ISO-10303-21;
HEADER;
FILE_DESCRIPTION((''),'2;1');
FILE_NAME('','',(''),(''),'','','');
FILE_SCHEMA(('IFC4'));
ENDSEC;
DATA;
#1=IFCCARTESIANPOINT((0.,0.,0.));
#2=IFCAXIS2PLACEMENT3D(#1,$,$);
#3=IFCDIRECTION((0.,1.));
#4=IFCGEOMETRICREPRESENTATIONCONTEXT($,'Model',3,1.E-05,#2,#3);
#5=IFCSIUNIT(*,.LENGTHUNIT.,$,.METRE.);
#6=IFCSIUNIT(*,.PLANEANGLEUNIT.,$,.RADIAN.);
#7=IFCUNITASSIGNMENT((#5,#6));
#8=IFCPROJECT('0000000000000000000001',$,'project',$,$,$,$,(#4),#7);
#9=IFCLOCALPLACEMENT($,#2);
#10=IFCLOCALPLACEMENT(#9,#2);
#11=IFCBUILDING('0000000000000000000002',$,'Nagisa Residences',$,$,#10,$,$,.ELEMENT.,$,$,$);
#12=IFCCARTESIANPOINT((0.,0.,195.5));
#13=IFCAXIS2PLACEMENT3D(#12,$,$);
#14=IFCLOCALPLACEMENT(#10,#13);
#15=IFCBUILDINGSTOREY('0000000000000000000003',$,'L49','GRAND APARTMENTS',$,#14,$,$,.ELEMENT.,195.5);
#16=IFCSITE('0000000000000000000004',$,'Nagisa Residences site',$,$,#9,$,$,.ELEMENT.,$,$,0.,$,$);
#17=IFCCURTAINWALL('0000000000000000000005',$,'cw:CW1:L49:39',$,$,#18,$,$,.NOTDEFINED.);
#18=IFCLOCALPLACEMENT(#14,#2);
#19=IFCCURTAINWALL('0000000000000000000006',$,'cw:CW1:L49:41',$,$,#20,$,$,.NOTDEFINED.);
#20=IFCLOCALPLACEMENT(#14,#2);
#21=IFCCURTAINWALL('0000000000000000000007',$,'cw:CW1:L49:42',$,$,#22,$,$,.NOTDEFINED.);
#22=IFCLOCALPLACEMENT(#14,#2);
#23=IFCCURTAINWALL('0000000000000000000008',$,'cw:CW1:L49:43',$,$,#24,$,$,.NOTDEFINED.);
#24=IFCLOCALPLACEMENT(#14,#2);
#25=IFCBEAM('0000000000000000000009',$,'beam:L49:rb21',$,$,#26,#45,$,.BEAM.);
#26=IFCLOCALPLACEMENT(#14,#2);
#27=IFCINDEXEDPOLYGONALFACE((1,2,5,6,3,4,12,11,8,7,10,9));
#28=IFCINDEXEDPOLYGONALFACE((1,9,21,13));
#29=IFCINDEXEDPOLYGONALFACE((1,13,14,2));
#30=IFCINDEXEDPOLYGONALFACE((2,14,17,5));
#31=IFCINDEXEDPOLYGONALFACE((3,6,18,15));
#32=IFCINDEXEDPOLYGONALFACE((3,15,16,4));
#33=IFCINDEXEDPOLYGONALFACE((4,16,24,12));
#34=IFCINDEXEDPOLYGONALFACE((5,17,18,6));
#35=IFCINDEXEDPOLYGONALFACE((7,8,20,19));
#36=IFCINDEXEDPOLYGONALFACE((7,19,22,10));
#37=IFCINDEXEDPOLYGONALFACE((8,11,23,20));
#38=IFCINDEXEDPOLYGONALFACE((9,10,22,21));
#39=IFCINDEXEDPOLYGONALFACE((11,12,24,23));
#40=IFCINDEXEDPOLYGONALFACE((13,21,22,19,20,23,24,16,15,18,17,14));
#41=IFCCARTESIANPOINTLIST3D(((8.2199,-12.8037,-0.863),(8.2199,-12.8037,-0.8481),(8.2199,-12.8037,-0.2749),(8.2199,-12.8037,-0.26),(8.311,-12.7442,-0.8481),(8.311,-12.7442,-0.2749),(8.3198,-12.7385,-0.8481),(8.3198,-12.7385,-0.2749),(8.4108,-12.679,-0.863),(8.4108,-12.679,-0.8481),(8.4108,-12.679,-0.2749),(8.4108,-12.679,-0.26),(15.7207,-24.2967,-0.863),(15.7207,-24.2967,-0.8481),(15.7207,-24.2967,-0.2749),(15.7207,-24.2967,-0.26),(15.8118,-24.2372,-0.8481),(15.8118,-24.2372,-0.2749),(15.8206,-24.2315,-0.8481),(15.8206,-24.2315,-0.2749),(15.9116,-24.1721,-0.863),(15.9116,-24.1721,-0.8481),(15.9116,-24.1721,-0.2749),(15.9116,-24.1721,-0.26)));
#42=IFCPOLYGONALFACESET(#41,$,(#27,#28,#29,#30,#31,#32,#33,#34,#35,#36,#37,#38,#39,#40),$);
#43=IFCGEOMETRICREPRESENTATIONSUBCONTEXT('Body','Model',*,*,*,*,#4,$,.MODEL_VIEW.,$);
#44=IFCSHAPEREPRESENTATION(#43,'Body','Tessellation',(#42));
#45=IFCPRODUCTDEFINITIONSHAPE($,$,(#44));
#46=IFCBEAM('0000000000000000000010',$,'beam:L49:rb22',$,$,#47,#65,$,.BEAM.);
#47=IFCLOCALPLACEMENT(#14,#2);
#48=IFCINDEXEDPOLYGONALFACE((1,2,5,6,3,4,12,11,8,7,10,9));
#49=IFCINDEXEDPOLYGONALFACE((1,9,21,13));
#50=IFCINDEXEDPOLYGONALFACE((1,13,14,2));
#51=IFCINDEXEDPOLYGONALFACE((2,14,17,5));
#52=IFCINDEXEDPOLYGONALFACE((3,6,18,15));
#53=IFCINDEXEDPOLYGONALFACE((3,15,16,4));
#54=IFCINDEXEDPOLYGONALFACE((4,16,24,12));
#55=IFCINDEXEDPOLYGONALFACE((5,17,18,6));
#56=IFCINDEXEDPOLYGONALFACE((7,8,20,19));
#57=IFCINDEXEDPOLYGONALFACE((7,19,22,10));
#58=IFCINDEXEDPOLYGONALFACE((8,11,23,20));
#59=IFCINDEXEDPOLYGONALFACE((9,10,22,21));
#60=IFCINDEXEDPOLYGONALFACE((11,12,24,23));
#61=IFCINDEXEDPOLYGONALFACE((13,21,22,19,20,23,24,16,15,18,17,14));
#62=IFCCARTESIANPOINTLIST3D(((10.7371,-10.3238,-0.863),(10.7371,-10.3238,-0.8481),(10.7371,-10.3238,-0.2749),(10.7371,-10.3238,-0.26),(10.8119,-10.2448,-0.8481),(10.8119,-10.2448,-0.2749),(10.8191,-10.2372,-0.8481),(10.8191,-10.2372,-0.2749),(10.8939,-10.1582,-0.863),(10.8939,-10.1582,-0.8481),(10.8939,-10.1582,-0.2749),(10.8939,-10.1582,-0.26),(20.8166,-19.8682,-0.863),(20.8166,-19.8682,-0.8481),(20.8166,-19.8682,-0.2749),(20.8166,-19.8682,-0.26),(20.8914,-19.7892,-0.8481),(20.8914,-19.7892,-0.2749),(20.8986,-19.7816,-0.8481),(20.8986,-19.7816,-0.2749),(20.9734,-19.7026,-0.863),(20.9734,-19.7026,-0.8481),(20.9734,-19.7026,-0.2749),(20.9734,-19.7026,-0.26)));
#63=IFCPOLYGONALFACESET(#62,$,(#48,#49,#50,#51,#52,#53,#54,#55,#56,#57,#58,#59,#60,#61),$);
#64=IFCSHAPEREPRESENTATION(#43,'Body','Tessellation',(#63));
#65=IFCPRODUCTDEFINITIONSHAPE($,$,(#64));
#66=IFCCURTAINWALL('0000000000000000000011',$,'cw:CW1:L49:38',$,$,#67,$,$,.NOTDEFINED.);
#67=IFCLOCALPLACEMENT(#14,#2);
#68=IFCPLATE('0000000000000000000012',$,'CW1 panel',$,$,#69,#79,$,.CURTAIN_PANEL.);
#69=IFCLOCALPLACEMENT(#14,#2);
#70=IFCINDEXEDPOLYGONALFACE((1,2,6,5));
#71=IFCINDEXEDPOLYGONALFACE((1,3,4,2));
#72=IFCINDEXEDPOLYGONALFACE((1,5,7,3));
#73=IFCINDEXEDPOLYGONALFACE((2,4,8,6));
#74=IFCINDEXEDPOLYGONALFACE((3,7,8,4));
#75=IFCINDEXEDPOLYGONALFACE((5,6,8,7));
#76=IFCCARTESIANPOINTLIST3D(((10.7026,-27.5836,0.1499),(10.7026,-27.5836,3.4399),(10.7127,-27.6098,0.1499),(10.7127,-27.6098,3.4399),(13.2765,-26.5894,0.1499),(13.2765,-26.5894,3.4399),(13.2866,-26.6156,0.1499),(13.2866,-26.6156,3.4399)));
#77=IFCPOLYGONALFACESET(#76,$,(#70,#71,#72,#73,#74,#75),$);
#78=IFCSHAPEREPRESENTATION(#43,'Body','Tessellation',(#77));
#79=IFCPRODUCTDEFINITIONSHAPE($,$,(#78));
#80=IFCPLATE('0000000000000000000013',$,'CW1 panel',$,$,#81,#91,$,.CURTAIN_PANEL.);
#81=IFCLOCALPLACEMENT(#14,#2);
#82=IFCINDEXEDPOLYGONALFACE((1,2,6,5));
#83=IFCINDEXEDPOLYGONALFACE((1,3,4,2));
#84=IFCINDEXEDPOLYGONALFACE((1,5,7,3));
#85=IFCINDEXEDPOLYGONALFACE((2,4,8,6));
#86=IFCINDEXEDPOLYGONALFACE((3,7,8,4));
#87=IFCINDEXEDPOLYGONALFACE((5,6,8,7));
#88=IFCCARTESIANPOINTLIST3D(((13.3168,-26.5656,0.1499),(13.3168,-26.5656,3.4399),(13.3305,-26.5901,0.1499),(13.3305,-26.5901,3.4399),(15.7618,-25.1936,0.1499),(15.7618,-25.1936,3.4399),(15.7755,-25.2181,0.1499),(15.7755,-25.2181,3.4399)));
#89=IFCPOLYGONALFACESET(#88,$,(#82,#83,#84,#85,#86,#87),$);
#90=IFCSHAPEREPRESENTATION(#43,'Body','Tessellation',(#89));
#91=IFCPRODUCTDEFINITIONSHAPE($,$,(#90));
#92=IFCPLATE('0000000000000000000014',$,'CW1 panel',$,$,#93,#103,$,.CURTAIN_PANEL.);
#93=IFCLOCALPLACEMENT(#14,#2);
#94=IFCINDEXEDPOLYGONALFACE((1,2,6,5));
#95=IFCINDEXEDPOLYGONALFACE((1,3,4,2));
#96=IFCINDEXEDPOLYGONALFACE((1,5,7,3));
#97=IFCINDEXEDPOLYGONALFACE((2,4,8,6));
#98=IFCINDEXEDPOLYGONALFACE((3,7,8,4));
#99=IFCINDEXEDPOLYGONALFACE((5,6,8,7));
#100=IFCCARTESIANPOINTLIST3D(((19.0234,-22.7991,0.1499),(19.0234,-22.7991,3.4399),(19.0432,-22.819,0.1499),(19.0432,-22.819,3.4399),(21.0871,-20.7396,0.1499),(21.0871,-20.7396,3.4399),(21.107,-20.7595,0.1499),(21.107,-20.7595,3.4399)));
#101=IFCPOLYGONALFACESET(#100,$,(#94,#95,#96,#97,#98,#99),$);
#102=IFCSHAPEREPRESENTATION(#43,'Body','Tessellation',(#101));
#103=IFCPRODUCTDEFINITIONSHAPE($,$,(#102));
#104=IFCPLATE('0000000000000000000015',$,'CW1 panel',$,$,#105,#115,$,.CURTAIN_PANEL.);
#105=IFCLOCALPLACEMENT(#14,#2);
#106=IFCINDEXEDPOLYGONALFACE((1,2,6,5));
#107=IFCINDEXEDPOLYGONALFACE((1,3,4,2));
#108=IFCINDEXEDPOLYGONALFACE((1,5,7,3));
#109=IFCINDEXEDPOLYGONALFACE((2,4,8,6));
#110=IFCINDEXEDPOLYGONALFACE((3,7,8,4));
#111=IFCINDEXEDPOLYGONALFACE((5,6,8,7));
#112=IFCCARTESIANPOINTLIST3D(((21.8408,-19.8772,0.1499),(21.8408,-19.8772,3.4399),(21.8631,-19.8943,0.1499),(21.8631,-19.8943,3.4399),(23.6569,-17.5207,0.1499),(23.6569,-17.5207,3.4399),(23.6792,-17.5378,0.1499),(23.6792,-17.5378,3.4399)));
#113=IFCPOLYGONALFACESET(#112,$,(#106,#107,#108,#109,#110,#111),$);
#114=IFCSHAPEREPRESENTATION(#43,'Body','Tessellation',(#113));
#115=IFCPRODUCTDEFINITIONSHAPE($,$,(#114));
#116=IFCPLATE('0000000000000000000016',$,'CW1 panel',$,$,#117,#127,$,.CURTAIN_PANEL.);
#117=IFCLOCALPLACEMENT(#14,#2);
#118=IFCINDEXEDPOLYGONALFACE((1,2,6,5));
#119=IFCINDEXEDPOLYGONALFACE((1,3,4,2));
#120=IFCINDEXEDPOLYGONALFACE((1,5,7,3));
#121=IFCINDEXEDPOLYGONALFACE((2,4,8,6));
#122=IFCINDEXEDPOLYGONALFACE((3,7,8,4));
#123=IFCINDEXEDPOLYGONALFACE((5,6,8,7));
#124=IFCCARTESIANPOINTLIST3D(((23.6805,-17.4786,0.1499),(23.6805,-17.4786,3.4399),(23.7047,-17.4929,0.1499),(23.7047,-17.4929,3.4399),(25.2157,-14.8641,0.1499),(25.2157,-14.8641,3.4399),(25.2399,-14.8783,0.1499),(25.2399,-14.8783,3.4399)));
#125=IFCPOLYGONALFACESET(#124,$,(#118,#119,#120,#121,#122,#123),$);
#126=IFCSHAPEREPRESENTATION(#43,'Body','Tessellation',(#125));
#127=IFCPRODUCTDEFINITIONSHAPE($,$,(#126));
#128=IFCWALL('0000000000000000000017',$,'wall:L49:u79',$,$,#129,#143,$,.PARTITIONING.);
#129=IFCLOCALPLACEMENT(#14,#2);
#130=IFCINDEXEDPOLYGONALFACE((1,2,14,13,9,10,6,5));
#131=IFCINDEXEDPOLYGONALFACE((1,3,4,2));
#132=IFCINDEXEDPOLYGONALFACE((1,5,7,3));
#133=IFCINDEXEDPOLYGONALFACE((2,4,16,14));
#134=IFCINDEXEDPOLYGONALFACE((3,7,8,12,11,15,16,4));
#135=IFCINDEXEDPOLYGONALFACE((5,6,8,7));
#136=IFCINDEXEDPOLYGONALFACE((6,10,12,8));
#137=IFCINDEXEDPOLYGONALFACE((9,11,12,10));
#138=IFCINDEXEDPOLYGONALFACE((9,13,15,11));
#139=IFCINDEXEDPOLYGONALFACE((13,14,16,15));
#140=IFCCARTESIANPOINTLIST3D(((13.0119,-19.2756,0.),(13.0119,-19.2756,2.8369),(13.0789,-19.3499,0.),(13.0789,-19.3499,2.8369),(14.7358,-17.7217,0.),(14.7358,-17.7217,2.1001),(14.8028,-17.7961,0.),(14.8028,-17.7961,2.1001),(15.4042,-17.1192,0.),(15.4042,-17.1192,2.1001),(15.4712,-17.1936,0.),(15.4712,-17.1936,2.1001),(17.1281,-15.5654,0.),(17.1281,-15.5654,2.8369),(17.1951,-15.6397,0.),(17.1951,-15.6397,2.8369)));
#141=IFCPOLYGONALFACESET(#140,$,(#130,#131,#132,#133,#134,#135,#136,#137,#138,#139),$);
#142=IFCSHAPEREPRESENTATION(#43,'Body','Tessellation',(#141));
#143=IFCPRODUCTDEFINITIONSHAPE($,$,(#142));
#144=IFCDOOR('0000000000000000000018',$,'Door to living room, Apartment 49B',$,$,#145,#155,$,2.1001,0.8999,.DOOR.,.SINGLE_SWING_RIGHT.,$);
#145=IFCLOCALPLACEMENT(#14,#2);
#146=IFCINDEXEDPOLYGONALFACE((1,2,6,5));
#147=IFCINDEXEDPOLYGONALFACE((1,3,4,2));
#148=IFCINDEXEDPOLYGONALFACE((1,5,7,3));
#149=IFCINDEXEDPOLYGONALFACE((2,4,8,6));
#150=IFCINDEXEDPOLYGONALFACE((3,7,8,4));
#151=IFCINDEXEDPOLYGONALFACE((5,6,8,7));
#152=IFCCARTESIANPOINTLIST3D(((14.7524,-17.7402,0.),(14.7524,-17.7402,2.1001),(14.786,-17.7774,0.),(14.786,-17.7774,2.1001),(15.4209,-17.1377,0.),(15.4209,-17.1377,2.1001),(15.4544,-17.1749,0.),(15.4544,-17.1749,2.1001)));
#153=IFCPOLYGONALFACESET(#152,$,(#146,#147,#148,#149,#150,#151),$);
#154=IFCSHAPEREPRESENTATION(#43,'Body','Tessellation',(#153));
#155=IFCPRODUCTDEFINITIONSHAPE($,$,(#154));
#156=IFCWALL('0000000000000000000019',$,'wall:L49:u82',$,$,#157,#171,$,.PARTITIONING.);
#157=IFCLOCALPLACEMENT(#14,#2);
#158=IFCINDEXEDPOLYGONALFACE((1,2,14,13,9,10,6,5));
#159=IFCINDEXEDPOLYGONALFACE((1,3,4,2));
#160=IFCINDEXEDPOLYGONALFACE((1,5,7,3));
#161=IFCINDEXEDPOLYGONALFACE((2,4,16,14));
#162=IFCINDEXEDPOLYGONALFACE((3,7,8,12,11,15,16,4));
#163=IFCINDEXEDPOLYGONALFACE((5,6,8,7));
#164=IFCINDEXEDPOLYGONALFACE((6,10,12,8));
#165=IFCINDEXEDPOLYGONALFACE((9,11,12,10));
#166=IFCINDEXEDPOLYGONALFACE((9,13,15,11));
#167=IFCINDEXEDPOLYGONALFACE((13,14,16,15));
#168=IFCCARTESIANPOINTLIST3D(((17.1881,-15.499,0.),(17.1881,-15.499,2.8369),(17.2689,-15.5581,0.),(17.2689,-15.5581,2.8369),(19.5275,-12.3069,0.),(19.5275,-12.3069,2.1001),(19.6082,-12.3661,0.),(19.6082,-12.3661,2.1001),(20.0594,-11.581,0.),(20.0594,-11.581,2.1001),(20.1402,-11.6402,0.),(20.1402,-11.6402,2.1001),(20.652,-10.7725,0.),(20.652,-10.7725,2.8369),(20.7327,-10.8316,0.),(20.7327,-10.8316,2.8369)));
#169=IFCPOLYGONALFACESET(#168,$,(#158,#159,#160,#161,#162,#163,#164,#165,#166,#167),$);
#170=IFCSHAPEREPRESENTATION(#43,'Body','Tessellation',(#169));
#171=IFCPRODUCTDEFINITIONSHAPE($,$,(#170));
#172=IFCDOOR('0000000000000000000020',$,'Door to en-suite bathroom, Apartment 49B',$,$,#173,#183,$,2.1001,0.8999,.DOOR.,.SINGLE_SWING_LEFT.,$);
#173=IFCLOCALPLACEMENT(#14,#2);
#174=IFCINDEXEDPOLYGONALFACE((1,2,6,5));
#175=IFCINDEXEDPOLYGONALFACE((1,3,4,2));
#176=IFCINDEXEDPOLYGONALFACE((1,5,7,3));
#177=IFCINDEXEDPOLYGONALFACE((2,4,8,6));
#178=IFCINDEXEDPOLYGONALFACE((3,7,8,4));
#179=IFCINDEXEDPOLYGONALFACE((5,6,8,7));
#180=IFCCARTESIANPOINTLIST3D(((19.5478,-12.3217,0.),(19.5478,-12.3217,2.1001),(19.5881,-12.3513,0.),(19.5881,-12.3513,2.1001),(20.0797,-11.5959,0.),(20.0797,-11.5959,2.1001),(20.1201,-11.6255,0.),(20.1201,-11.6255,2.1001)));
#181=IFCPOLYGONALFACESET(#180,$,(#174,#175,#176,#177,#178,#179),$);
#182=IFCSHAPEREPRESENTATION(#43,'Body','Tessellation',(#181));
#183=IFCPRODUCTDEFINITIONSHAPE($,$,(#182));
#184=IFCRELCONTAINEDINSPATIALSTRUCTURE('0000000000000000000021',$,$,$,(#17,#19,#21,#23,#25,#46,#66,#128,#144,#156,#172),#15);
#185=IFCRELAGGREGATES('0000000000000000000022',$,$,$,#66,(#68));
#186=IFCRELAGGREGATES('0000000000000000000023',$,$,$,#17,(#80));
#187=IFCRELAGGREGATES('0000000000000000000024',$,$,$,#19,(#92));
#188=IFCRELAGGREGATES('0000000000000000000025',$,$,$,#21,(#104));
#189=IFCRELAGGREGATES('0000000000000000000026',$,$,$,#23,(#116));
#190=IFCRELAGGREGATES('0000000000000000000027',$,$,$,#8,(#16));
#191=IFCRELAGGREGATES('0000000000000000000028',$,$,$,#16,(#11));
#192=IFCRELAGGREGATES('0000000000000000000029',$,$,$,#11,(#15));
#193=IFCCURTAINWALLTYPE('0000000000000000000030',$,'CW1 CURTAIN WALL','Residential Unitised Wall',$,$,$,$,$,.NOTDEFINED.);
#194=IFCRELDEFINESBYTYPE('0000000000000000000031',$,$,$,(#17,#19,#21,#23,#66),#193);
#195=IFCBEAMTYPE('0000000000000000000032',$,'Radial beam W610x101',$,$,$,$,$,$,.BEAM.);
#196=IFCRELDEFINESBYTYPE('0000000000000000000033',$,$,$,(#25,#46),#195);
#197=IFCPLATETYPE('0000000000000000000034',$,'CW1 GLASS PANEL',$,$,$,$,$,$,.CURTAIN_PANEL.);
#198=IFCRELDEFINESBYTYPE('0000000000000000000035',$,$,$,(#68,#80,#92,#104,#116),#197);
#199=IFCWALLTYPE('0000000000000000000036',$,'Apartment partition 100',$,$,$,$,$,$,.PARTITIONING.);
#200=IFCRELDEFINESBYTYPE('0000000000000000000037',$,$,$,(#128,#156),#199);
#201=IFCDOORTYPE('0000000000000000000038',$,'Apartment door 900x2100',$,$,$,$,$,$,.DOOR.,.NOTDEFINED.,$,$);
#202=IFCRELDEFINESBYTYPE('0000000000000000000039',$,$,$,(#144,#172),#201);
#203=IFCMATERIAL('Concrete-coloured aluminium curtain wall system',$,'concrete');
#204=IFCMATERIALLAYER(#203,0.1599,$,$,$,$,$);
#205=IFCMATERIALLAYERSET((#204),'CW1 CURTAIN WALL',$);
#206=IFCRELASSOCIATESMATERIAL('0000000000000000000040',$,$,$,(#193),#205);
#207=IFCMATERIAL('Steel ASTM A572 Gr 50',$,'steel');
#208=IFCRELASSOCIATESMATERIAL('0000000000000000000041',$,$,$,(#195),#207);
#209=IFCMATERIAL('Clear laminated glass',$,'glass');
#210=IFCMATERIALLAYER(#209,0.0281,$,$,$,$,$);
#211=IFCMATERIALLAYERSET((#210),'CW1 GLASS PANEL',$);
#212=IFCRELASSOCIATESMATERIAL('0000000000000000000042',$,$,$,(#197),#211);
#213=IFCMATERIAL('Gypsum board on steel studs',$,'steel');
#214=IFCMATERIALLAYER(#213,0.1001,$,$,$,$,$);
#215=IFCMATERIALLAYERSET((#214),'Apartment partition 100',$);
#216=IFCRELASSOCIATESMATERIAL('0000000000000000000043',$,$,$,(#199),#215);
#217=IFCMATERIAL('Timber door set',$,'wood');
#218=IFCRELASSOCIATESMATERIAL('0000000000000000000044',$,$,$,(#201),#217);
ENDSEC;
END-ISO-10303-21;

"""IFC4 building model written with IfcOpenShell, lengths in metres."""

from ifc_helpers import new_model, si_unit, direction, frame, frame_2d, origin, origin_2d, place, context, subcontext, project, spatial, rectangle, i_section, extrude, material, layer, layer_set, material_profile, profile_set, type_object, element, fill, aggregate, save


model = new_model("IFC4")

# Units and contexts
model_context = context("Model", 3, precision=1e-05, world=origin(), true_north=direction((0.0, 1.0)))
body_context = subcontext(model_context, "Body", "Model", "MODEL_VIEW")
ifc_project = project(units=[si_unit("LENGTHUNIT", "METRE"), si_unit("PLANEANGLEUNIT", "RADIAN")], contexts=[model_context])

# Site, building, storey
site_placement = place(None, origin())
site = spatial("IfcSite", under=ifc_project, at=site_placement, Name="Nagisa Residences site", CompositionType="ELEMENT", RefElevation=0.0)
building_placement = place(site_placement, origin())
building = spatial("IfcBuilding", under=site, at=building_placement, Name="Nagisa Residences", CompositionType="ELEMENT")
storey_placement = place(building_placement, frame((0.0, 0.0, 195.5)))
storey = spatial("IfcBuildingStorey", under=building, at=storey_placement, Name="L49", Description="GRAND APARTMENTS", CompositionType="ELEMENT", Elevation=195.5)

# Curtain walls
ifc_material_1 = material(Name="Concrete-coloured aluminium curtain wall system", Category="concrete")
ifc_layer_1 = layer(ifc_material_1, 0.1599)
ifc_layer_set_1 = layer_set([ifc_layer_1], Name="CW1 CURTAIN WALL")
curtain_wall_type = type_object("IfcCurtainWallType", Name="CW1 CURTAIN WALL", Description="Residential Unitised Wall", PredefinedType="NOTDEFINED", material=ifc_layer_set_1)
curtain_wall_1_placement = place(storey_placement, origin())
curtain_wall_1 = element("IfcCurtainWall", 1, at=curtain_wall_1_placement, inside=storey, type_object=curtain_wall_type, Name="cw:CW1:L49:39", PredefinedType="NOTDEFINED")
curtain_wall_2_placement = place(storey_placement, origin())
curtain_wall_2 = element("IfcCurtainWall", 2, at=curtain_wall_2_placement, inside=storey, type_object=curtain_wall_type, Name="cw:CW1:L49:41", PredefinedType="NOTDEFINED")
curtain_wall_3_placement = place(storey_placement, origin())
curtain_wall_3 = element("IfcCurtainWall", 3, at=curtain_wall_3_placement, inside=storey, type_object=curtain_wall_type, Name="cw:CW1:L49:42", PredefinedType="NOTDEFINED")
curtain_wall_4_placement = place(storey_placement, origin())
curtain_wall_4 = element("IfcCurtainWall", 4, at=curtain_wall_4_placement, inside=storey, type_object=curtain_wall_type, Name="cw:CW1:L49:43", PredefinedType="NOTDEFINED")

# Beams
ifc_material_2 = material(Name="Steel ASTM A572 Gr 50", Category="steel")
ifc_material_profile_1 = material_profile(ifc_material_2, i_section(OverallWidth=0.228, OverallDepth=0.603, WebThickness=0.0105, FlangeThickness=0.0149, at=origin_2d()), Name="W610x101")
ifc_profile_set_1 = profile_set([ifc_material_profile_1], Name="Steel ASTM A572 Gr 50")
beam_type_1 = type_object("IfcBeamType", Name="Radial beam W610x101", PredefinedType="BEAM", material=ifc_profile_set_1)
beam_1_placement = place(storey_placement, frame((15.8162, -24.2344, -0.5615), z_axis=(-0.546541, 0.837432, 0.0), x_axis=(-0.837432, -0.546541, 0.0)))
element("IfcBeam", 5, at=beam_1_placement, inside=storey, type_object=beam_type_1, Name="beam:L49:rb21", PredefinedType="BEAM", context=body_context, shape_type="SweptSolid", body=[
    extrude(i_section(OverallWidth=0.228, OverallDepth=0.603, WebThickness=0.0105, FlangeThickness=0.0149, at=origin_2d()), origin(), (0.0, 0.0, 1.0), 13.7241),
])
beam_2_placement = place(storey_placement, frame((20.895, -19.7854, -0.5615), z_axis=(-0.72612, 0.687568, 0.0), x_axis=(-0.687568, -0.72612, 0.0)))
element("IfcBeam", 6, at=beam_2_placement, inside=storey, type_object=beam_type_1, Name="beam:L49:rb22", PredefinedType="BEAM", context=body_context, shape_type="SweptSolid", body=[
    extrude(i_section(OverallWidth=0.228, OverallDepth=0.603, WebThickness=0.0105, FlangeThickness=0.0149, at=origin_2d()), origin(), (0.0, 0.0, 1.0), 13.8813),
])

# Curtain wall, plate
curtain_wall_5_placement = place(storey_placement, origin())
curtain_wall_5 = element("IfcCurtainWall", 7, at=curtain_wall_5_placement, inside=storey, type_object=curtain_wall_type, Name="cw:CW1:L49:38", PredefinedType="NOTDEFINED")
ifc_material_3 = material(Name="Clear laminated glass", Category="glass")
ifc_layer_2 = layer(ifc_material_3, 0.0281)
ifc_layer_set_2 = layer_set([ifc_layer_2], Name="CW1 GLASS PANEL")
plate_type = type_object("IfcPlateType", Name="CW1 GLASS PANEL", PredefinedType="CURTAIN_PANEL", material=ifc_layer_set_2)
plate_1_placement = place(storey_placement, frame((11.9946, -27.0996, 0.1499), z_axis=(0.0, 0.0, 1.0), x_axis=(0.932826, 0.360328, 0.0)))
plate_1 = element("IfcPlate", 8, at=plate_1_placement, type_object=plate_type, Name="CW1 panel", PredefinedType="CURTAIN_PANEL", context=body_context, shape_type="SweptSolid", body=[
    extrude(rectangle(XDim=2.7593, YDim=0.0281, at=origin_2d()), origin(), (0.0, 0.0, 1.0), 3.29),
])
aggregate(curtain_wall_5, [plate_1])

# Plates
plate_2_placement = place(storey_placement, frame((14.5461, -25.8918, 0.1499), z_axis=(0.0, 0.0, 1.0), x_axis=(0.872072, 0.489377, 0.0)))
plate_2 = element("IfcPlate", 9, at=plate_2_placement, type_object=plate_type, Name="CW1 panel", PredefinedType="CURTAIN_PANEL", context=body_context, shape_type="SweptSolid", body=[
    extrude(rectangle(XDim=2.8037, YDim=0.0281, at=origin_2d()), origin(), (0.0, 0.0, 1.0), 3.29),
])
aggregate(curtain_wall_1, [plate_2])
plate_3_placement = place(storey_placement, frame((20.0652, -21.7793, 0.1499), z_axis=(0.0, 0.0, 1.0), x_axis=(0.707836, 0.706377, 0.0)))
plate_3 = element("IfcPlate", 10, at=plate_3_placement, type_object=plate_type, Name="CW1 panel", PredefinedType="CURTAIN_PANEL", context=body_context, shape_type="SweptSolid", body=[
    extrude(rectangle(XDim=2.9155, YDim=0.0281, at=origin_2d()), origin(), (0.0, 0.0, 1.0), 3.29),
])
aggregate(curtain_wall_2, [plate_3])
plate_4_placement = place(storey_placement, frame((22.76, -18.7075, 0.1499), z_axis=(0.0, 0.0, 1.0), x_axis=(0.61043, 0.79207, 0.0)))
plate_4 = element("IfcPlate", 11, at=plate_4_placement, type_object=plate_type, Name="CW1 panel", PredefinedType="CURTAIN_PANEL", context=body_context, shape_type="SweptSolid", body=[
    extrude(rectangle(XDim=2.9751, YDim=0.0281, at=origin_2d()), origin(), (0.0, 0.0, 1.0), 3.29),
])
aggregate(curtain_wall_3, [plate_4])
plate_5_placement = place(storey_placement, frame((24.4602, -16.1785, 0.1499), z_axis=(0.0, 0.0, 1.0), x_axis=(0.506349, 0.862329, 0.0)))
plate_5 = element("IfcPlate", 12, at=plate_5_placement, type_object=plate_type, Name="CW1 panel", PredefinedType="CURTAIN_PANEL", context=body_context, shape_type="SweptSolid", body=[
    extrude(rectangle(XDim=3.032, YDim=0.0281, at=origin_2d()), origin(), (0.0, 0.0, 1.0), 3.29),
])
aggregate(curtain_wall_4, [plate_5])

# Walls, openings, doors
ifc_material_4 = material(Name="Gypsum board on steel studs", Category="steel")
ifc_layer_3 = layer(ifc_material_4, 0.1001)
ifc_layer_set_3 = layer_set([ifc_layer_3], Name="Apartment partition 100")
wall_type_1 = type_object("IfcWallType", Name="Apartment partition 100", PredefinedType="PARTITIONING", material=ifc_layer_set_3)
wall_1_placement = place(storey_placement, frame((13.0454, -19.3127, 0.0), z_axis=(0.0, 0.0, 1.0), x_axis=(0.74279, 0.669524, 0.0)))
wall_1 = element("IfcWall", 13, at=wall_1_placement, inside=storey, type_object=wall_type_1, Name="wall:L49:u79", PredefinedType="PARTITIONING", context=body_context, shape_type="SweptSolid", body=[
    extrude(rectangle(XDim=5.5415, YDim=0.1001, at=frame_2d((2.7708, 0.0))), origin(), (0.0, 0.0, 1.0), 2.8369),
])
opening_1_placement = place(wall_1_placement, frame((2.3208, 0.0, 0.0)))
opening_1 = element("IfcOpeningElement", 14, at=opening_1_placement, cuts=wall_1, PredefinedType="OPENING", context=body_context, shape_type="SweptSolid", body=[
    extrude(rectangle(XDim=0.8999, YDim=2.1001, at=frame_2d((0.45, 1.05))), frame((0.0, 0.0601, 0.0), z_axis=(0.0, -1.0, 0.0), x_axis=(1.0, 0.0, 0.0)), (0.0, 0.0, 1.0), 0.1201),
])
ifc_material_5 = material(Name="Timber door set", Category="wood")
door_type_1 = type_object("IfcDoorType", Name="Apartment door 900x2100", OperationType="NOTDEFINED", PredefinedType="DOOR", material=ifc_material_5)
door_1_placement = place(opening_1_placement, frame((0.8999, 0.0, 0.0), x_axis=(-1.0, 0.0, 0.0)))
door_1 = element("IfcDoor", 15, at=door_1_placement, inside=storey, type_object=door_type_1, Name="Door to living room, Apartment 49B", OperationType="SINGLE_SWING_RIGHT", OverallHeight=2.1001, OverallWidth=0.8999, PredefinedType="DOOR", context=body_context, shape_type="SweptSolid", body=[
    extrude(rectangle(XDim=0.8999, YDim=2.1001, at=frame_2d((0.45, 1.05))), frame((0.0, 0.0249, 0.0), z_axis=(0.0, -1.0, 0.0), x_axis=(1.0, 0.0, 0.0)), (0.0, 0.0, 1.0), 0.05),
])
fill(opening_1, door_1)
wall_2_placement = place(storey_placement, frame((17.2285, -15.5286, 0.0), z_axis=(0.0, 0.0, 1.0), x_axis=(0.591111, 0.80659, 0.0)))
wall_2 = element("IfcWall", 16, at=wall_2_placement, inside=storey, type_object=wall_type_1, Name="wall:L49:u82", PredefinedType="PARTITIONING", context=body_context, shape_type="SweptSolid", body=[
    extrude(rectangle(XDim=5.8599, YDim=0.1001, at=frame_2d((2.9299, 0.0))), origin(), (0.0, 0.0, 1.0), 2.8369),
])
opening_2_placement = place(wall_2_placement, frame((3.9575, 0.0, 0.0)))
opening_2 = element("IfcOpeningElement", 17, at=opening_2_placement, cuts=wall_2, PredefinedType="OPENING", context=body_context, shape_type="SweptSolid", body=[
    extrude(rectangle(XDim=0.8999, YDim=2.1001, at=frame_2d((0.45, 1.05))), frame((0.0, 0.0601, 0.0), z_axis=(0.0, -1.0, 0.0), x_axis=(1.0, 0.0, 0.0)), (0.0, 0.0, 1.0), 0.1201),
])
door_2_placement = place(opening_2_placement, origin())
door_2 = element("IfcDoor", 18, at=door_2_placement, inside=storey, type_object=door_type_1, Name="Door to en-suite bathroom, Apartment 49B", OperationType="SINGLE_SWING_LEFT", OverallHeight=2.1001, OverallWidth=0.8999, PredefinedType="DOOR", context=body_context, shape_type="SweptSolid", body=[
    extrude(rectangle(XDim=0.8999, YDim=2.1001, at=frame_2d((0.45, 1.05))), frame((0.0, 0.0249, 0.0), z_axis=(0.0, -1.0, 0.0), x_axis=(1.0, 0.0, 0.0)), (0.0, 0.0, 1.0), 0.05),
])
fill(opening_2, door_2)

save(model, "model.ifc")
